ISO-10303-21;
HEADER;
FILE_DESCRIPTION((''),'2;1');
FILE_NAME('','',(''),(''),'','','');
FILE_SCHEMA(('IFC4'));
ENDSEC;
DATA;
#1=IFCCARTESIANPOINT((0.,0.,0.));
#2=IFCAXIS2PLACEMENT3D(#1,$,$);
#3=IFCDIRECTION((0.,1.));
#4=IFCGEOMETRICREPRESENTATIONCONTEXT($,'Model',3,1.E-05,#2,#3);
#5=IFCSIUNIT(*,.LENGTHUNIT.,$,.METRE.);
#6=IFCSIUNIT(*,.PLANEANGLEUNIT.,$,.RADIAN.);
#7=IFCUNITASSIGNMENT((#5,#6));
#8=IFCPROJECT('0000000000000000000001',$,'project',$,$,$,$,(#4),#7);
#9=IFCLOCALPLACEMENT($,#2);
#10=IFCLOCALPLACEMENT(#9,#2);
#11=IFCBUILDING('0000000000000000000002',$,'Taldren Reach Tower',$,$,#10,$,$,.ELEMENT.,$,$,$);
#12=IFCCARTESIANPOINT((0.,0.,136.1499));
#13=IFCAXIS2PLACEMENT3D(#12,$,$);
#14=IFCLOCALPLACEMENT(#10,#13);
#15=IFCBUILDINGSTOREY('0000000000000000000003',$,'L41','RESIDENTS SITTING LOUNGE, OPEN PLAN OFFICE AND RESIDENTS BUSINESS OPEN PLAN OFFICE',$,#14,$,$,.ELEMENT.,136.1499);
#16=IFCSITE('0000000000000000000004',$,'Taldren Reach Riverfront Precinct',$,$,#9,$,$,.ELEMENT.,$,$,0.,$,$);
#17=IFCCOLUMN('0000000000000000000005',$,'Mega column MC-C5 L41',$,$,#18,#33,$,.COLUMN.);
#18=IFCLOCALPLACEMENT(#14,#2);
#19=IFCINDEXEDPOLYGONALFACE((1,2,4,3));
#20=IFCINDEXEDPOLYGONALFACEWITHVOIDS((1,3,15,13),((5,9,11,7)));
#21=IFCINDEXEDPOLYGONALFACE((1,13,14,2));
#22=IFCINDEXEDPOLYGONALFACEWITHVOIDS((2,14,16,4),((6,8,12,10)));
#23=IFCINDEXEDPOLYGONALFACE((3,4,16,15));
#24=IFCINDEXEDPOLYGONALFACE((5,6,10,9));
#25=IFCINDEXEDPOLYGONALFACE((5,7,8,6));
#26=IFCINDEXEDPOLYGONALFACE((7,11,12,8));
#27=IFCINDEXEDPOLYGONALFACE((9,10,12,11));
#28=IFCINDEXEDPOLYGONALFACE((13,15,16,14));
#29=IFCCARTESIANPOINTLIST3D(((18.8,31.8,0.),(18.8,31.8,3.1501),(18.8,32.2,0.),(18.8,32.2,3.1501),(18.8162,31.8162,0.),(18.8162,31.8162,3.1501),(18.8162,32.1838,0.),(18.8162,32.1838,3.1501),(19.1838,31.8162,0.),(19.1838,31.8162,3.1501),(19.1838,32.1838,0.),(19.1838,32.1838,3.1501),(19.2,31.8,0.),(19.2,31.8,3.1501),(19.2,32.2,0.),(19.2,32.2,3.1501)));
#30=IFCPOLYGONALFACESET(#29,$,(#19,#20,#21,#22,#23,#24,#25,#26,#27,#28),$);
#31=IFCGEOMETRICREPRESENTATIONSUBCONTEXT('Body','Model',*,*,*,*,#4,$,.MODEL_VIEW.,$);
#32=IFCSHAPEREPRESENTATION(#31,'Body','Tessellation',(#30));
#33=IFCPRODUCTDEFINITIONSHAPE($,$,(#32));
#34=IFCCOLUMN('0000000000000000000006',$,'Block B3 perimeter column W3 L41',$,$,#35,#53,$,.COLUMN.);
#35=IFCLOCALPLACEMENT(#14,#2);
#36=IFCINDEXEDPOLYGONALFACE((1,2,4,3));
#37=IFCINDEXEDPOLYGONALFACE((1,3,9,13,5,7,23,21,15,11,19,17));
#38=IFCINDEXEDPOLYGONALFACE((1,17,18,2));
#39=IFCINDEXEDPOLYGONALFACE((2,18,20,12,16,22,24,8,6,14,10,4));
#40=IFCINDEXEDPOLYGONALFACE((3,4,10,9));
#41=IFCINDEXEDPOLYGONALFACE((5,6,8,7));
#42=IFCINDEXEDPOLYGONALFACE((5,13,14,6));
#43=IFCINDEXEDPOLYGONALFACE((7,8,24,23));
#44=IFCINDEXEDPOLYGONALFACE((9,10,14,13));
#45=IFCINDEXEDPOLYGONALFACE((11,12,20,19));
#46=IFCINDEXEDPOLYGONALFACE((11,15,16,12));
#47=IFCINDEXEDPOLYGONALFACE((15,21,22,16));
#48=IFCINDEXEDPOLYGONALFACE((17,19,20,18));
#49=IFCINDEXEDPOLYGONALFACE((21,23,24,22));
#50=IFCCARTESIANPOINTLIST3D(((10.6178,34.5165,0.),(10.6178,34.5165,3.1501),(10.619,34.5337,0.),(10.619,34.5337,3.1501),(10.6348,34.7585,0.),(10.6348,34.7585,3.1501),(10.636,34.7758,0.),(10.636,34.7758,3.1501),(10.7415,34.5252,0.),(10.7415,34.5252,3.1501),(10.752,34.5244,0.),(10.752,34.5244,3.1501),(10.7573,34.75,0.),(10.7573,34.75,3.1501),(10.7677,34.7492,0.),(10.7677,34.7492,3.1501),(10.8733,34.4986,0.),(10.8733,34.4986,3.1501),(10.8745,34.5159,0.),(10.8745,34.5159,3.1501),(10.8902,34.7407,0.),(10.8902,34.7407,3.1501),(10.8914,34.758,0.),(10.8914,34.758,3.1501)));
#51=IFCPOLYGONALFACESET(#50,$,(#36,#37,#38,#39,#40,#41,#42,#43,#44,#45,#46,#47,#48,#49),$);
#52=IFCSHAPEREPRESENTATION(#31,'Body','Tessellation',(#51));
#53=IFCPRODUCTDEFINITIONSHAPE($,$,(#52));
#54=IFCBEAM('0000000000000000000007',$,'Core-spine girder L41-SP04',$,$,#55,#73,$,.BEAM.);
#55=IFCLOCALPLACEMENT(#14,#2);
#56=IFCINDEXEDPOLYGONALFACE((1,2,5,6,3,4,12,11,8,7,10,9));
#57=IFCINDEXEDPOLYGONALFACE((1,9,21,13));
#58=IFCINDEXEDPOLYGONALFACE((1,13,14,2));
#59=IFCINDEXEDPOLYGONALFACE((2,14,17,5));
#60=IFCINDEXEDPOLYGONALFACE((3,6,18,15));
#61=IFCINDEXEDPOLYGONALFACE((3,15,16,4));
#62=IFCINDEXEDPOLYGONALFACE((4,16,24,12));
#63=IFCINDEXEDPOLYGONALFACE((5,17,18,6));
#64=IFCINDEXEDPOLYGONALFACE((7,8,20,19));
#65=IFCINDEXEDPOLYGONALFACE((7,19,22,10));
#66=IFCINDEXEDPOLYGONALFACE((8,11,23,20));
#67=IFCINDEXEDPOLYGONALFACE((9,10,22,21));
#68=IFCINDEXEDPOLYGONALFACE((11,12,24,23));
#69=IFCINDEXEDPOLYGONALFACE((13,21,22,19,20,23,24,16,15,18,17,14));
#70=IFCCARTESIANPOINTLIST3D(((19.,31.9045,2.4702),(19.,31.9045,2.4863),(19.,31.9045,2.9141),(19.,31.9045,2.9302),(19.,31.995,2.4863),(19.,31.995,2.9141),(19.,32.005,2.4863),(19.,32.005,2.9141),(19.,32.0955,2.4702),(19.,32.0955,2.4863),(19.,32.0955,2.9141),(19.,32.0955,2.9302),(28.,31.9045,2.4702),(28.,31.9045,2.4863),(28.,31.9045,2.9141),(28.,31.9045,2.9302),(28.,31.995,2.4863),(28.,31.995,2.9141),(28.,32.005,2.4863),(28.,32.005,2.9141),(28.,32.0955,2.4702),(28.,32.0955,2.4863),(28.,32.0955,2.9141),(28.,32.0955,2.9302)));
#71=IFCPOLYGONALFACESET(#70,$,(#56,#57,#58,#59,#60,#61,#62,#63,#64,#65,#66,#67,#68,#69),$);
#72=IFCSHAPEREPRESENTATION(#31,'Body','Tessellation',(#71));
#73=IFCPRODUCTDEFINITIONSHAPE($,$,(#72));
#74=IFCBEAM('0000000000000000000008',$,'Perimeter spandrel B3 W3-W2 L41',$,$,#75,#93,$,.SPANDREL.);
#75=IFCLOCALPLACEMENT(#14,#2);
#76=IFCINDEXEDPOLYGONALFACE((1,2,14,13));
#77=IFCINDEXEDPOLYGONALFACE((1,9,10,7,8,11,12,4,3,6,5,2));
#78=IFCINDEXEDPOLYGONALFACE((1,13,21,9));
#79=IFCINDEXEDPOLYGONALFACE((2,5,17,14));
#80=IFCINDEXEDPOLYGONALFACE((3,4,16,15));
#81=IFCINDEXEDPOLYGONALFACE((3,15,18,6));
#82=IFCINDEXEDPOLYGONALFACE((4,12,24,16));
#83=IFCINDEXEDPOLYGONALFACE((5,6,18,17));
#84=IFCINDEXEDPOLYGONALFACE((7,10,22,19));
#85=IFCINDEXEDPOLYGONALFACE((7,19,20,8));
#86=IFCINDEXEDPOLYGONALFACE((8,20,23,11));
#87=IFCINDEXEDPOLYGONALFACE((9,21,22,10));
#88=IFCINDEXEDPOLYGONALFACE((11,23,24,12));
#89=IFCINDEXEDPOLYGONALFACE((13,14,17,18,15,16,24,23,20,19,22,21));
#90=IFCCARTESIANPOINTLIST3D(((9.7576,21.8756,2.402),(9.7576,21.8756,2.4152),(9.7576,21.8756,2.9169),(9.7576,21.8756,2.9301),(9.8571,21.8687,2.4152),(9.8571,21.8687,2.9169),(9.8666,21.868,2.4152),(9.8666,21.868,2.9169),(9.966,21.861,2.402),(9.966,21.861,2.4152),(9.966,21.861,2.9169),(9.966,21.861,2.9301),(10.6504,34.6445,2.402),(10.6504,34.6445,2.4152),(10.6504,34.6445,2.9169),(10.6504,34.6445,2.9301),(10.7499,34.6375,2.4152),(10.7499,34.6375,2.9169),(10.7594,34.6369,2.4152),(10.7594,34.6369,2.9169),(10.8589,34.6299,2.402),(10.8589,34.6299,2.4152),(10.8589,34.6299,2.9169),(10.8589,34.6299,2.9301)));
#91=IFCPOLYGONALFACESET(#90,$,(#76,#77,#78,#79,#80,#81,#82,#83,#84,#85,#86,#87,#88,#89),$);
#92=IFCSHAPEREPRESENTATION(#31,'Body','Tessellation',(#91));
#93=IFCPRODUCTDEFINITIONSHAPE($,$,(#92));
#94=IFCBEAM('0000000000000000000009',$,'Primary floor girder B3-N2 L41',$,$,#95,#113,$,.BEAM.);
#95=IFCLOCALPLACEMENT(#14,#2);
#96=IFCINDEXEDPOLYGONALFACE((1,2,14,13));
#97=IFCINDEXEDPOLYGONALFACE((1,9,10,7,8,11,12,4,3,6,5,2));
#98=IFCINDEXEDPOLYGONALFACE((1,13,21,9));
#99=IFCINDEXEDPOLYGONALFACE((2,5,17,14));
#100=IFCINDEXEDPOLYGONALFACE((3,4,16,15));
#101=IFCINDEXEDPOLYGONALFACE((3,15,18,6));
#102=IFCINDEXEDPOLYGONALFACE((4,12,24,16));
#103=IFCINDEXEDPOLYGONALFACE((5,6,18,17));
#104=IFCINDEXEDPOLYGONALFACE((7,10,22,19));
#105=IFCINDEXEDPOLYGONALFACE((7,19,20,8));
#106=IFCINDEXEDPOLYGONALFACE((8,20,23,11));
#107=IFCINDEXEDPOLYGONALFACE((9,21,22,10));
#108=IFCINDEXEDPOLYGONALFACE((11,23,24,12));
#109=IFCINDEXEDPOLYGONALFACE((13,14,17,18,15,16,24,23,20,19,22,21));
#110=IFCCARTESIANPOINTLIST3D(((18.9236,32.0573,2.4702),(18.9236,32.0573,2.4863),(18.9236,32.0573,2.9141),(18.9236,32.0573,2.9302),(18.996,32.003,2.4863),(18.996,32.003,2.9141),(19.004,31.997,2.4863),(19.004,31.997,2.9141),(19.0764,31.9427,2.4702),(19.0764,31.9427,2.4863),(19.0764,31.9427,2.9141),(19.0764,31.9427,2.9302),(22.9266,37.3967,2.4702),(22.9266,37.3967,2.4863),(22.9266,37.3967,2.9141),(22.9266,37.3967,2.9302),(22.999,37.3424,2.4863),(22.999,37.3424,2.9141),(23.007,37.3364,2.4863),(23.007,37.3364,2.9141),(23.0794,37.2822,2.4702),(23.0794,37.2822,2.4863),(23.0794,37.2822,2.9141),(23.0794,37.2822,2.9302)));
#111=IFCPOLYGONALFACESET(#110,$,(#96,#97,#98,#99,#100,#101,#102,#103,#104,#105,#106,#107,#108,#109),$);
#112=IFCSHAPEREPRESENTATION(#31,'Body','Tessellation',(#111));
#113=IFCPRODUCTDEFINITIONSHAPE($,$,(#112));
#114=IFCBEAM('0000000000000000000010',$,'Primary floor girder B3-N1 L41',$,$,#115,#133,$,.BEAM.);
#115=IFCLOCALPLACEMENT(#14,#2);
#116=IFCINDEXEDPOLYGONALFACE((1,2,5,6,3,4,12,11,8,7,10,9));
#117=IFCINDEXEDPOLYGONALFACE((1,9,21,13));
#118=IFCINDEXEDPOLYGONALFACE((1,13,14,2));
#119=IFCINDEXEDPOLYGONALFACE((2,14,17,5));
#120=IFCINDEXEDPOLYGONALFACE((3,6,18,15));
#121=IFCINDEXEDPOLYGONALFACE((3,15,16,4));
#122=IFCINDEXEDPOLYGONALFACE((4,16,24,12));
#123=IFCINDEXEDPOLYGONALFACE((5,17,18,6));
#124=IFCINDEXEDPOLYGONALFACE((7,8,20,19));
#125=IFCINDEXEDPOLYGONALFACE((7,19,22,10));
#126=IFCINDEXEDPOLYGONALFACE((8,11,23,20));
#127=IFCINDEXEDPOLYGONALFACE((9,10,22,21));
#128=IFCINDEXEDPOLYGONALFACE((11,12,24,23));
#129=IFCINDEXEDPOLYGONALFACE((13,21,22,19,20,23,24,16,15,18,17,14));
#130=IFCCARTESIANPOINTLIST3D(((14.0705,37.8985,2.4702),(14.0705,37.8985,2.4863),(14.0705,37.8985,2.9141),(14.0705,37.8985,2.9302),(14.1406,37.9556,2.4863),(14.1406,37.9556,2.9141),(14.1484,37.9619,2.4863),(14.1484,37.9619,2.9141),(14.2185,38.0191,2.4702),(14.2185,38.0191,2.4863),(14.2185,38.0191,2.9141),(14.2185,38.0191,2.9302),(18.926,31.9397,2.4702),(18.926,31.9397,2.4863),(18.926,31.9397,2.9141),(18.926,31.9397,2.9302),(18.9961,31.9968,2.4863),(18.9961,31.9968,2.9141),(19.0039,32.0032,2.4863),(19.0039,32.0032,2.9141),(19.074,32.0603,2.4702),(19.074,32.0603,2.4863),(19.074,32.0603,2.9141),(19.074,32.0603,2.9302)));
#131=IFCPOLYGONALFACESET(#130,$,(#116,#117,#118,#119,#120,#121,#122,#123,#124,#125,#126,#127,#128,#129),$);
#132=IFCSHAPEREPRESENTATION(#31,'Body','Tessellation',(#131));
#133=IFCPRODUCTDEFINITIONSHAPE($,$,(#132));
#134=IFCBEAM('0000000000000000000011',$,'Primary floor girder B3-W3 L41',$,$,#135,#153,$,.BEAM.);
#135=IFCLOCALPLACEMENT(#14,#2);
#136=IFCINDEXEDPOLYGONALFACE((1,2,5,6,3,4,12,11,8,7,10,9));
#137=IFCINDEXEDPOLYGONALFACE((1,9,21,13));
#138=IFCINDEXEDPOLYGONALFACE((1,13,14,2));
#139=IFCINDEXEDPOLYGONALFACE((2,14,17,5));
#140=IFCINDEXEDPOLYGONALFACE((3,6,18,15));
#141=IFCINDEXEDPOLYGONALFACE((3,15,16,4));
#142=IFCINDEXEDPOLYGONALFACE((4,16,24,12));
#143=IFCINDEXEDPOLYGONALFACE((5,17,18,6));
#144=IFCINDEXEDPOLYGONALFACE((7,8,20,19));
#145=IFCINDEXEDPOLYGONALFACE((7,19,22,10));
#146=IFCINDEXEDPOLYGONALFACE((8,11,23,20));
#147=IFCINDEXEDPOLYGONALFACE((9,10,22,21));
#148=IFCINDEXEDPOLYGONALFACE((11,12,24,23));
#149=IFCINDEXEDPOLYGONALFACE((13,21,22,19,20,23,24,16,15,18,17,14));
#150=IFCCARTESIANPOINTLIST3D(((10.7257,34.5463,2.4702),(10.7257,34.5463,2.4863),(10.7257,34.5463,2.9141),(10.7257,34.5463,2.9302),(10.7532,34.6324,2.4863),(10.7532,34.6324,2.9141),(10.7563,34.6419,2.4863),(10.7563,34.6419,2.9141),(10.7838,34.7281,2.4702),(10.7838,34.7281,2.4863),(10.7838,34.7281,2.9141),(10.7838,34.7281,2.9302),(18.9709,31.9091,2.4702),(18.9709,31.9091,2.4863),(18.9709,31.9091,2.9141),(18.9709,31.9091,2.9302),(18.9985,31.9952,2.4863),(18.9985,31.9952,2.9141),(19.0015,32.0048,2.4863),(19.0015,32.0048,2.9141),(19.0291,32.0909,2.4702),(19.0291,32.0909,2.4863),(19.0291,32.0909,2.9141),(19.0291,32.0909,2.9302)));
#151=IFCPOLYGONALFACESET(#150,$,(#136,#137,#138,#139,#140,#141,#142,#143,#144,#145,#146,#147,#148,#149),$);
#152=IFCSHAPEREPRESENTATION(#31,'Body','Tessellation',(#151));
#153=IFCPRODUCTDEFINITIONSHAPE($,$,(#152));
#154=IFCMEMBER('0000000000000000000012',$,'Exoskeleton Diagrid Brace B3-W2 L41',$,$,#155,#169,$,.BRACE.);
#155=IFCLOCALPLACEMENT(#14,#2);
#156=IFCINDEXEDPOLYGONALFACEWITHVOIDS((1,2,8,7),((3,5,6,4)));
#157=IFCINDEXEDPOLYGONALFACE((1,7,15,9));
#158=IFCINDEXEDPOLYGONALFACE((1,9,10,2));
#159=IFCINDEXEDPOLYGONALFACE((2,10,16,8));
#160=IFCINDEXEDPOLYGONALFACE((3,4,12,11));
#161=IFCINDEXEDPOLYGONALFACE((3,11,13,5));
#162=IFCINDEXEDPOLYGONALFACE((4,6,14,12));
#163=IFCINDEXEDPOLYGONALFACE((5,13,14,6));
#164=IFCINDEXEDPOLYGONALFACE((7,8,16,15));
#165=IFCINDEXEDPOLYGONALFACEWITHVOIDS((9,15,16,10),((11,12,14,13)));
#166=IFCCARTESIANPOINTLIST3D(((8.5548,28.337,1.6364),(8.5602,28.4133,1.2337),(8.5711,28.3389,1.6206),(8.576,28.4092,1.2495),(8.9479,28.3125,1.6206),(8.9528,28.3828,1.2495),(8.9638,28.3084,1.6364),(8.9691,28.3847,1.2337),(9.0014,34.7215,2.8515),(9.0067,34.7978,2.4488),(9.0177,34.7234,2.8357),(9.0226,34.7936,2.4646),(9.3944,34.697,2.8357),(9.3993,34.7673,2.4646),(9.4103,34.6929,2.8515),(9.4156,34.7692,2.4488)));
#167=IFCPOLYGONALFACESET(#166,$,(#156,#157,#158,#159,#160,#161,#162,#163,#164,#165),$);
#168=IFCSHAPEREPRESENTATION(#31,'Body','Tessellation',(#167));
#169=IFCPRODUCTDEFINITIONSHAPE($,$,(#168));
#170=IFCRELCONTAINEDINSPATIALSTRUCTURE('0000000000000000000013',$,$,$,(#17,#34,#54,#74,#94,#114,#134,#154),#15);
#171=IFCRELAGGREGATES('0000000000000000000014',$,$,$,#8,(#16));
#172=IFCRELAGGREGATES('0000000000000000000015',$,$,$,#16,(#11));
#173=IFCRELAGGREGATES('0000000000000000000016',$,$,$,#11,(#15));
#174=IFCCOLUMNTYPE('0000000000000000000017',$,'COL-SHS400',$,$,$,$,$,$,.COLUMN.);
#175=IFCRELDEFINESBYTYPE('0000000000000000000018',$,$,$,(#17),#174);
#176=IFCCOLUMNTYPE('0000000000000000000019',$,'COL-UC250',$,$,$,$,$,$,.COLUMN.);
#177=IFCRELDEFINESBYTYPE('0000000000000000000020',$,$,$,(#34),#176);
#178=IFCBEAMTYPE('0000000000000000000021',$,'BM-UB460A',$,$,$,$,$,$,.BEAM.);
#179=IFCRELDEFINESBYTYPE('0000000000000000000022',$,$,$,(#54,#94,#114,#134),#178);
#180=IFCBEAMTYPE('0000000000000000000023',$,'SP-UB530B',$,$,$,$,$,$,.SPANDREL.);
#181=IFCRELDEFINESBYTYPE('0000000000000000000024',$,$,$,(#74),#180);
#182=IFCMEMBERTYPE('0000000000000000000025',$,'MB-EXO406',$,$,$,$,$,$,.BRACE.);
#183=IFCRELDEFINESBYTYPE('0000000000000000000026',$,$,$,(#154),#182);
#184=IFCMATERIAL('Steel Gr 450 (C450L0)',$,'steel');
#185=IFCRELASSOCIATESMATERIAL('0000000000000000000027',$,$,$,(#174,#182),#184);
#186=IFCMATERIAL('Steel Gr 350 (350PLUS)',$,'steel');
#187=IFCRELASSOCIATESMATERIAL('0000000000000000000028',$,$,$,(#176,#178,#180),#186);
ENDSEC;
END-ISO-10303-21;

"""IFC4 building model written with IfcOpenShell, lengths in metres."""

from ifc_helpers import new_model, si_unit, direction, frame, origin, origin_2d, place, context, subcontext, project, spatial, hollow_rectangle, i_section, extrude, source, transform, mapped, material, material_profile, profile_set, type_object, element, save


model = new_model("IFC4")

# Units and contexts
model_context = context("Model", 3, precision=1e-05, world=origin(), true_north=direction((0.0, 1.0)))
body_context = subcontext(model_context, "Body", "Model", "MODEL_VIEW")
ifc_project = project(units=[si_unit("LENGTHUNIT", "METRE"), si_unit("PLANEANGLEUNIT", "RADIAN")], contexts=[model_context])

# Site, building, storey
site_placement = place(None, origin())
site = spatial("IfcSite", under=ifc_project, at=site_placement, Name="Taldren Reach Riverfront Precinct", CompositionType="ELEMENT", RefElevation=0.0)
building_placement = place(site_placement, origin())
building = spatial("IfcBuilding", under=site, at=building_placement, Name="Taldren Reach Tower", CompositionType="ELEMENT")
storey_placement = place(building_placement, frame((0.0, 0.0, 136.1499)))
storey = spatial("IfcBuildingStorey", under=building, at=storey_placement, Name="L41", Description="RESIDENTS SITTING LOUNGE, OPEN PLAN OFFICE AND RESIDENTS BUSINESS OPEN PLAN OFFICE", CompositionType="ELEMENT", Elevation=136.1499)

# Columns
ifc_material_1 = material(Name="Steel Gr 450 (C450L0)", Category="steel")
ifc_material_profile_1 = material_profile(ifc_material_1, hollow_rectangle(XDim=0.3999, YDim=0.3999, WallThickness=0.0161, at=origin_2d()), Name="400x400x16.0SHS")
ifc_profile_set_1 = profile_set([ifc_material_profile_1], Name="Steel Gr 450 (C450L0)")
column_type_1 = type_object("IfcColumnType", Name="COL-SHS400", PredefinedType="COLUMN", material=ifc_profile_set_1)
shared_shape_1 = source(origin(), body_context, "Body", "SweptSolid", [
    extrude(hollow_rectangle(XDim=0.3999, YDim=0.3999, WallThickness=0.0161, at=origin_2d()), origin(), (0.0, 0.0, 1.0), 3.1501),
])
column_1_placement = place(storey_placement, frame((19.0, 32.0, 0.0), z_axis=(0.0, 0.0, 1.0), x_axis=(1.0, 0.0, 0.0)))
element("IfcColumn", 1, at=column_1_placement, inside=storey, type_object=column_type_1, Name="Mega column MC-C5 L41", PredefinedType="COLUMN", context=body_context, shape_type="MappedRepresentation", body=[
    mapped(shared_shape_1, transform((0.0, 0.0, 0.0), scale=1.0)),
])
ifc_material_2 = material(Name="Steel Gr 350 (350PLUS)", Category="steel")
ifc_material_profile_2 = material_profile(ifc_material_2, i_section(OverallWidth=0.2561, OverallDepth=0.26, WebThickness=0.0105, FlangeThickness=0.0173, at=origin_2d()), Name="250UC89.5")
ifc_profile_set_2 = profile_set([ifc_material_profile_2], Name="Steel Gr 350 (350PLUS)")
column_type_2 = type_object("IfcColumnType", Name="COL-UC250", PredefinedType="COLUMN", material=ifc_profile_set_2)
shared_shape_2 = source(origin(), body_context, "Body", "SweptSolid", [
    extrude(i_section(OverallWidth=0.2561, OverallDepth=0.26, WebThickness=0.0105, FlangeThickness=0.0173, at=origin_2d()), origin(), (0.0, 0.0, 1.0), 3.1501),
])
column_2_placement = place(storey_placement, frame((10.7546, 34.6372, 0.0), z_axis=(0.0, 0.0, 1.0), x_axis=(0.997564, -0.069756, 0.0)))
element("IfcColumn", 2, at=column_2_placement, inside=storey, type_object=column_type_2, Name="Block B3 perimeter column W3 L41", PredefinedType="COLUMN", context=body_context, shape_type="MappedRepresentation", body=[
    mapped(shared_shape_2, transform((0.0, 0.0, 0.0), scale=1.0)),
])

# Beams
ifc_material_profile_3 = material_profile(ifc_material_2, i_section(OverallWidth=0.1909, OverallDepth=0.46, WebThickness=0.01, FlangeThickness=0.0161, at=origin_2d()), Name="460UB82.1")
ifc_profile_set_3 = profile_set([ifc_material_profile_3], Name="Steel Gr 350 (350PLUS)")
beam_type_1 = type_object("IfcBeamType", Name="BM-UB460A", PredefinedType="BEAM", material=ifc_profile_set_3)
shared_shape_3 = source(origin(), body_context, "Body", "SweptSolid", [
    extrude(i_section(OverallWidth=0.1909, OverallDepth=0.46, WebThickness=0.01, FlangeThickness=0.0161, at=origin_2d()), origin(), (0.0, 0.0, 1.0), 9.0),
])
beam_1_placement = place(storey_placement, frame((19.0, 32.0, 2.7002), z_axis=(1.0, 0.0, 0.0), x_axis=(0.0, 1.0, 0.0)))
element("IfcBeam", 3, at=beam_1_placement, inside=storey, type_object=beam_type_1, Name="Core-spine girder L41-SP04", PredefinedType="BEAM", context=body_context, shape_type="MappedRepresentation", body=[
    mapped(shared_shape_3, transform((0.0, 0.0, 0.0), scale=1.0)),
])
ifc_material_profile_4 = material_profile(ifc_material_2, i_section(OverallWidth=0.209, OverallDepth=0.5281, WebThickness=0.0095, FlangeThickness=0.0132, at=origin_2d()), Name="530UB82.0")
ifc_profile_set_4 = profile_set([ifc_material_profile_4], Name="Steel Gr 350 (350PLUS)")
beam_type_2 = type_object("IfcBeamType", Name="SP-UB530B", PredefinedType="SPANDREL", material=ifc_profile_set_4)
shared_shape_4 = source(origin(), body_context, "Body", "SweptSolid", [
    extrude(i_section(OverallWidth=0.209, OverallDepth=0.5281, WebThickness=0.0095, FlangeThickness=0.0132, at=origin_2d()), origin(), (0.0, 0.0, 1.0), 12.8),
])
beam_2_placement = place(storey_placement, frame((10.7546, 34.6372, 2.666), z_axis=(-0.069752, -0.997564, 0.0), x_axis=(0.997564, -0.069752, 0.0)))
element("IfcBeam", 4, at=beam_2_placement, inside=storey, type_object=beam_type_2, Name="Perimeter spandrel B3 W3-W2 L41", PredefinedType="SPANDREL", context=body_context, shape_type="MappedRepresentation", body=[
    mapped(shared_shape_4, transform((0.0, 0.0, 0.0), scale=1.0)),
])
shared_shape_5 = source(origin(), body_context, "Body", "SweptSolid", [
    extrude(i_section(OverallWidth=0.1909, OverallDepth=0.46, WebThickness=0.01, FlangeThickness=0.0161, at=origin_2d()), origin(), (0.0, 0.0, 1.0), 6.6733),
])
beam_3_placement = place(storey_placement, frame((19.0, 32.0, 2.7002), z_axis=(0.599848, 0.800114, 0.0), x_axis=(-0.800114, 0.599848, 0.0)))
element("IfcBeam", 5, at=beam_3_placement, inside=storey, type_object=beam_type_1, Name="Primary floor girder B3-N2 L41", PredefinedType="BEAM", context=body_context, shape_type="MappedRepresentation", body=[
    mapped(shared_shape_5, transform((0.0, 0.0, 0.0), scale=1.0)),
])
shared_shape_6 = source(origin(), body_context, "Body", "SweptSolid", [
    extrude(i_section(OverallWidth=0.1909, OverallDepth=0.46, WebThickness=0.01, FlangeThickness=0.0161, at=origin_2d()), origin(), (0.0, 0.0, 1.0), 7.6865),
])
beam_4_placement = place(storey_placement, frame((19.0, 32.0, 2.7002), z_axis=(-0.631689, 0.775222, 0.0), x_axis=(-0.775222, -0.631689, 0.0)))
element("IfcBeam", 6, at=beam_4_placement, inside=storey, type_object=beam_type_1, Name="Primary floor girder B3-N1 L41", PredefinedType="BEAM", context=body_context, shape_type="MappedRepresentation", body=[
    mapped(shared_shape_6, transform((0.0, 0.0, 0.0), scale=1.0)),
])
shared_shape_7 = source(origin(), body_context, "Body", "SweptSolid", [
    extrude(i_section(OverallWidth=0.1909, OverallDepth=0.46, WebThickness=0.01, FlangeThickness=0.0161, at=origin_2d()), origin(), (0.0, 0.0, 1.0), 8.6567),
])
beam_5_placement = place(storey_placement, frame((19.0, 32.0, 2.7002), z_axis=(-0.952468, 0.304639, 0.0), x_axis=(-0.304639, -0.952468, 0.0)))
element("IfcBeam", 7, at=beam_5_placement, inside=storey, type_object=beam_type_1, Name="Primary floor girder B3-W3 L41", PredefinedType="BEAM", context=body_context, shape_type="MappedRepresentation", body=[
    mapped(shared_shape_7, transform((0.0, 0.0, 0.0), scale=1.0)),
])

# Member
ifc_material_profile_5 = material_profile(ifc_material_1, hollow_rectangle(XDim=0.4099, YDim=0.4099, WallThickness=0.0161, at=origin_2d()), Name="410x410x16.0SHS")
ifc_profile_set_5 = profile_set([ifc_material_profile_5], Name="Steel Gr 450 (C450L0)")
member_type = type_object("IfcMemberType", Name="MB-EXO406", PredefinedType="BRACE", material=ifc_profile_set_5)
shared_shape_8 = source(origin(), body_context, "Body", "SweptSolid", [
    extrude(hollow_rectangle(XDim=0.4099, YDim=0.4099, WallThickness=0.0161, at=origin_2d()), origin(), (0.0, 0.0, 1.0), 6.5144),
])
member_placement = place(storey_placement, frame((8.762, 28.3608, 1.4351), z_axis=(0.068545, 0.980057, 0.186522), x_axis=(-0.997563, 0.06977, 0.0)))
element("IfcMember", 8, at=member_placement, inside=storey, type_object=member_type, Name="Exoskeleton Diagrid Brace B3-W2 L41", PredefinedType="BRACE", context=body_context, shape_type="MappedRepresentation", body=[
    mapped(shared_shape_8, transform((0.0, 0.0, 0.0), scale=1.0)),
])

save(model, "model.ifc")
